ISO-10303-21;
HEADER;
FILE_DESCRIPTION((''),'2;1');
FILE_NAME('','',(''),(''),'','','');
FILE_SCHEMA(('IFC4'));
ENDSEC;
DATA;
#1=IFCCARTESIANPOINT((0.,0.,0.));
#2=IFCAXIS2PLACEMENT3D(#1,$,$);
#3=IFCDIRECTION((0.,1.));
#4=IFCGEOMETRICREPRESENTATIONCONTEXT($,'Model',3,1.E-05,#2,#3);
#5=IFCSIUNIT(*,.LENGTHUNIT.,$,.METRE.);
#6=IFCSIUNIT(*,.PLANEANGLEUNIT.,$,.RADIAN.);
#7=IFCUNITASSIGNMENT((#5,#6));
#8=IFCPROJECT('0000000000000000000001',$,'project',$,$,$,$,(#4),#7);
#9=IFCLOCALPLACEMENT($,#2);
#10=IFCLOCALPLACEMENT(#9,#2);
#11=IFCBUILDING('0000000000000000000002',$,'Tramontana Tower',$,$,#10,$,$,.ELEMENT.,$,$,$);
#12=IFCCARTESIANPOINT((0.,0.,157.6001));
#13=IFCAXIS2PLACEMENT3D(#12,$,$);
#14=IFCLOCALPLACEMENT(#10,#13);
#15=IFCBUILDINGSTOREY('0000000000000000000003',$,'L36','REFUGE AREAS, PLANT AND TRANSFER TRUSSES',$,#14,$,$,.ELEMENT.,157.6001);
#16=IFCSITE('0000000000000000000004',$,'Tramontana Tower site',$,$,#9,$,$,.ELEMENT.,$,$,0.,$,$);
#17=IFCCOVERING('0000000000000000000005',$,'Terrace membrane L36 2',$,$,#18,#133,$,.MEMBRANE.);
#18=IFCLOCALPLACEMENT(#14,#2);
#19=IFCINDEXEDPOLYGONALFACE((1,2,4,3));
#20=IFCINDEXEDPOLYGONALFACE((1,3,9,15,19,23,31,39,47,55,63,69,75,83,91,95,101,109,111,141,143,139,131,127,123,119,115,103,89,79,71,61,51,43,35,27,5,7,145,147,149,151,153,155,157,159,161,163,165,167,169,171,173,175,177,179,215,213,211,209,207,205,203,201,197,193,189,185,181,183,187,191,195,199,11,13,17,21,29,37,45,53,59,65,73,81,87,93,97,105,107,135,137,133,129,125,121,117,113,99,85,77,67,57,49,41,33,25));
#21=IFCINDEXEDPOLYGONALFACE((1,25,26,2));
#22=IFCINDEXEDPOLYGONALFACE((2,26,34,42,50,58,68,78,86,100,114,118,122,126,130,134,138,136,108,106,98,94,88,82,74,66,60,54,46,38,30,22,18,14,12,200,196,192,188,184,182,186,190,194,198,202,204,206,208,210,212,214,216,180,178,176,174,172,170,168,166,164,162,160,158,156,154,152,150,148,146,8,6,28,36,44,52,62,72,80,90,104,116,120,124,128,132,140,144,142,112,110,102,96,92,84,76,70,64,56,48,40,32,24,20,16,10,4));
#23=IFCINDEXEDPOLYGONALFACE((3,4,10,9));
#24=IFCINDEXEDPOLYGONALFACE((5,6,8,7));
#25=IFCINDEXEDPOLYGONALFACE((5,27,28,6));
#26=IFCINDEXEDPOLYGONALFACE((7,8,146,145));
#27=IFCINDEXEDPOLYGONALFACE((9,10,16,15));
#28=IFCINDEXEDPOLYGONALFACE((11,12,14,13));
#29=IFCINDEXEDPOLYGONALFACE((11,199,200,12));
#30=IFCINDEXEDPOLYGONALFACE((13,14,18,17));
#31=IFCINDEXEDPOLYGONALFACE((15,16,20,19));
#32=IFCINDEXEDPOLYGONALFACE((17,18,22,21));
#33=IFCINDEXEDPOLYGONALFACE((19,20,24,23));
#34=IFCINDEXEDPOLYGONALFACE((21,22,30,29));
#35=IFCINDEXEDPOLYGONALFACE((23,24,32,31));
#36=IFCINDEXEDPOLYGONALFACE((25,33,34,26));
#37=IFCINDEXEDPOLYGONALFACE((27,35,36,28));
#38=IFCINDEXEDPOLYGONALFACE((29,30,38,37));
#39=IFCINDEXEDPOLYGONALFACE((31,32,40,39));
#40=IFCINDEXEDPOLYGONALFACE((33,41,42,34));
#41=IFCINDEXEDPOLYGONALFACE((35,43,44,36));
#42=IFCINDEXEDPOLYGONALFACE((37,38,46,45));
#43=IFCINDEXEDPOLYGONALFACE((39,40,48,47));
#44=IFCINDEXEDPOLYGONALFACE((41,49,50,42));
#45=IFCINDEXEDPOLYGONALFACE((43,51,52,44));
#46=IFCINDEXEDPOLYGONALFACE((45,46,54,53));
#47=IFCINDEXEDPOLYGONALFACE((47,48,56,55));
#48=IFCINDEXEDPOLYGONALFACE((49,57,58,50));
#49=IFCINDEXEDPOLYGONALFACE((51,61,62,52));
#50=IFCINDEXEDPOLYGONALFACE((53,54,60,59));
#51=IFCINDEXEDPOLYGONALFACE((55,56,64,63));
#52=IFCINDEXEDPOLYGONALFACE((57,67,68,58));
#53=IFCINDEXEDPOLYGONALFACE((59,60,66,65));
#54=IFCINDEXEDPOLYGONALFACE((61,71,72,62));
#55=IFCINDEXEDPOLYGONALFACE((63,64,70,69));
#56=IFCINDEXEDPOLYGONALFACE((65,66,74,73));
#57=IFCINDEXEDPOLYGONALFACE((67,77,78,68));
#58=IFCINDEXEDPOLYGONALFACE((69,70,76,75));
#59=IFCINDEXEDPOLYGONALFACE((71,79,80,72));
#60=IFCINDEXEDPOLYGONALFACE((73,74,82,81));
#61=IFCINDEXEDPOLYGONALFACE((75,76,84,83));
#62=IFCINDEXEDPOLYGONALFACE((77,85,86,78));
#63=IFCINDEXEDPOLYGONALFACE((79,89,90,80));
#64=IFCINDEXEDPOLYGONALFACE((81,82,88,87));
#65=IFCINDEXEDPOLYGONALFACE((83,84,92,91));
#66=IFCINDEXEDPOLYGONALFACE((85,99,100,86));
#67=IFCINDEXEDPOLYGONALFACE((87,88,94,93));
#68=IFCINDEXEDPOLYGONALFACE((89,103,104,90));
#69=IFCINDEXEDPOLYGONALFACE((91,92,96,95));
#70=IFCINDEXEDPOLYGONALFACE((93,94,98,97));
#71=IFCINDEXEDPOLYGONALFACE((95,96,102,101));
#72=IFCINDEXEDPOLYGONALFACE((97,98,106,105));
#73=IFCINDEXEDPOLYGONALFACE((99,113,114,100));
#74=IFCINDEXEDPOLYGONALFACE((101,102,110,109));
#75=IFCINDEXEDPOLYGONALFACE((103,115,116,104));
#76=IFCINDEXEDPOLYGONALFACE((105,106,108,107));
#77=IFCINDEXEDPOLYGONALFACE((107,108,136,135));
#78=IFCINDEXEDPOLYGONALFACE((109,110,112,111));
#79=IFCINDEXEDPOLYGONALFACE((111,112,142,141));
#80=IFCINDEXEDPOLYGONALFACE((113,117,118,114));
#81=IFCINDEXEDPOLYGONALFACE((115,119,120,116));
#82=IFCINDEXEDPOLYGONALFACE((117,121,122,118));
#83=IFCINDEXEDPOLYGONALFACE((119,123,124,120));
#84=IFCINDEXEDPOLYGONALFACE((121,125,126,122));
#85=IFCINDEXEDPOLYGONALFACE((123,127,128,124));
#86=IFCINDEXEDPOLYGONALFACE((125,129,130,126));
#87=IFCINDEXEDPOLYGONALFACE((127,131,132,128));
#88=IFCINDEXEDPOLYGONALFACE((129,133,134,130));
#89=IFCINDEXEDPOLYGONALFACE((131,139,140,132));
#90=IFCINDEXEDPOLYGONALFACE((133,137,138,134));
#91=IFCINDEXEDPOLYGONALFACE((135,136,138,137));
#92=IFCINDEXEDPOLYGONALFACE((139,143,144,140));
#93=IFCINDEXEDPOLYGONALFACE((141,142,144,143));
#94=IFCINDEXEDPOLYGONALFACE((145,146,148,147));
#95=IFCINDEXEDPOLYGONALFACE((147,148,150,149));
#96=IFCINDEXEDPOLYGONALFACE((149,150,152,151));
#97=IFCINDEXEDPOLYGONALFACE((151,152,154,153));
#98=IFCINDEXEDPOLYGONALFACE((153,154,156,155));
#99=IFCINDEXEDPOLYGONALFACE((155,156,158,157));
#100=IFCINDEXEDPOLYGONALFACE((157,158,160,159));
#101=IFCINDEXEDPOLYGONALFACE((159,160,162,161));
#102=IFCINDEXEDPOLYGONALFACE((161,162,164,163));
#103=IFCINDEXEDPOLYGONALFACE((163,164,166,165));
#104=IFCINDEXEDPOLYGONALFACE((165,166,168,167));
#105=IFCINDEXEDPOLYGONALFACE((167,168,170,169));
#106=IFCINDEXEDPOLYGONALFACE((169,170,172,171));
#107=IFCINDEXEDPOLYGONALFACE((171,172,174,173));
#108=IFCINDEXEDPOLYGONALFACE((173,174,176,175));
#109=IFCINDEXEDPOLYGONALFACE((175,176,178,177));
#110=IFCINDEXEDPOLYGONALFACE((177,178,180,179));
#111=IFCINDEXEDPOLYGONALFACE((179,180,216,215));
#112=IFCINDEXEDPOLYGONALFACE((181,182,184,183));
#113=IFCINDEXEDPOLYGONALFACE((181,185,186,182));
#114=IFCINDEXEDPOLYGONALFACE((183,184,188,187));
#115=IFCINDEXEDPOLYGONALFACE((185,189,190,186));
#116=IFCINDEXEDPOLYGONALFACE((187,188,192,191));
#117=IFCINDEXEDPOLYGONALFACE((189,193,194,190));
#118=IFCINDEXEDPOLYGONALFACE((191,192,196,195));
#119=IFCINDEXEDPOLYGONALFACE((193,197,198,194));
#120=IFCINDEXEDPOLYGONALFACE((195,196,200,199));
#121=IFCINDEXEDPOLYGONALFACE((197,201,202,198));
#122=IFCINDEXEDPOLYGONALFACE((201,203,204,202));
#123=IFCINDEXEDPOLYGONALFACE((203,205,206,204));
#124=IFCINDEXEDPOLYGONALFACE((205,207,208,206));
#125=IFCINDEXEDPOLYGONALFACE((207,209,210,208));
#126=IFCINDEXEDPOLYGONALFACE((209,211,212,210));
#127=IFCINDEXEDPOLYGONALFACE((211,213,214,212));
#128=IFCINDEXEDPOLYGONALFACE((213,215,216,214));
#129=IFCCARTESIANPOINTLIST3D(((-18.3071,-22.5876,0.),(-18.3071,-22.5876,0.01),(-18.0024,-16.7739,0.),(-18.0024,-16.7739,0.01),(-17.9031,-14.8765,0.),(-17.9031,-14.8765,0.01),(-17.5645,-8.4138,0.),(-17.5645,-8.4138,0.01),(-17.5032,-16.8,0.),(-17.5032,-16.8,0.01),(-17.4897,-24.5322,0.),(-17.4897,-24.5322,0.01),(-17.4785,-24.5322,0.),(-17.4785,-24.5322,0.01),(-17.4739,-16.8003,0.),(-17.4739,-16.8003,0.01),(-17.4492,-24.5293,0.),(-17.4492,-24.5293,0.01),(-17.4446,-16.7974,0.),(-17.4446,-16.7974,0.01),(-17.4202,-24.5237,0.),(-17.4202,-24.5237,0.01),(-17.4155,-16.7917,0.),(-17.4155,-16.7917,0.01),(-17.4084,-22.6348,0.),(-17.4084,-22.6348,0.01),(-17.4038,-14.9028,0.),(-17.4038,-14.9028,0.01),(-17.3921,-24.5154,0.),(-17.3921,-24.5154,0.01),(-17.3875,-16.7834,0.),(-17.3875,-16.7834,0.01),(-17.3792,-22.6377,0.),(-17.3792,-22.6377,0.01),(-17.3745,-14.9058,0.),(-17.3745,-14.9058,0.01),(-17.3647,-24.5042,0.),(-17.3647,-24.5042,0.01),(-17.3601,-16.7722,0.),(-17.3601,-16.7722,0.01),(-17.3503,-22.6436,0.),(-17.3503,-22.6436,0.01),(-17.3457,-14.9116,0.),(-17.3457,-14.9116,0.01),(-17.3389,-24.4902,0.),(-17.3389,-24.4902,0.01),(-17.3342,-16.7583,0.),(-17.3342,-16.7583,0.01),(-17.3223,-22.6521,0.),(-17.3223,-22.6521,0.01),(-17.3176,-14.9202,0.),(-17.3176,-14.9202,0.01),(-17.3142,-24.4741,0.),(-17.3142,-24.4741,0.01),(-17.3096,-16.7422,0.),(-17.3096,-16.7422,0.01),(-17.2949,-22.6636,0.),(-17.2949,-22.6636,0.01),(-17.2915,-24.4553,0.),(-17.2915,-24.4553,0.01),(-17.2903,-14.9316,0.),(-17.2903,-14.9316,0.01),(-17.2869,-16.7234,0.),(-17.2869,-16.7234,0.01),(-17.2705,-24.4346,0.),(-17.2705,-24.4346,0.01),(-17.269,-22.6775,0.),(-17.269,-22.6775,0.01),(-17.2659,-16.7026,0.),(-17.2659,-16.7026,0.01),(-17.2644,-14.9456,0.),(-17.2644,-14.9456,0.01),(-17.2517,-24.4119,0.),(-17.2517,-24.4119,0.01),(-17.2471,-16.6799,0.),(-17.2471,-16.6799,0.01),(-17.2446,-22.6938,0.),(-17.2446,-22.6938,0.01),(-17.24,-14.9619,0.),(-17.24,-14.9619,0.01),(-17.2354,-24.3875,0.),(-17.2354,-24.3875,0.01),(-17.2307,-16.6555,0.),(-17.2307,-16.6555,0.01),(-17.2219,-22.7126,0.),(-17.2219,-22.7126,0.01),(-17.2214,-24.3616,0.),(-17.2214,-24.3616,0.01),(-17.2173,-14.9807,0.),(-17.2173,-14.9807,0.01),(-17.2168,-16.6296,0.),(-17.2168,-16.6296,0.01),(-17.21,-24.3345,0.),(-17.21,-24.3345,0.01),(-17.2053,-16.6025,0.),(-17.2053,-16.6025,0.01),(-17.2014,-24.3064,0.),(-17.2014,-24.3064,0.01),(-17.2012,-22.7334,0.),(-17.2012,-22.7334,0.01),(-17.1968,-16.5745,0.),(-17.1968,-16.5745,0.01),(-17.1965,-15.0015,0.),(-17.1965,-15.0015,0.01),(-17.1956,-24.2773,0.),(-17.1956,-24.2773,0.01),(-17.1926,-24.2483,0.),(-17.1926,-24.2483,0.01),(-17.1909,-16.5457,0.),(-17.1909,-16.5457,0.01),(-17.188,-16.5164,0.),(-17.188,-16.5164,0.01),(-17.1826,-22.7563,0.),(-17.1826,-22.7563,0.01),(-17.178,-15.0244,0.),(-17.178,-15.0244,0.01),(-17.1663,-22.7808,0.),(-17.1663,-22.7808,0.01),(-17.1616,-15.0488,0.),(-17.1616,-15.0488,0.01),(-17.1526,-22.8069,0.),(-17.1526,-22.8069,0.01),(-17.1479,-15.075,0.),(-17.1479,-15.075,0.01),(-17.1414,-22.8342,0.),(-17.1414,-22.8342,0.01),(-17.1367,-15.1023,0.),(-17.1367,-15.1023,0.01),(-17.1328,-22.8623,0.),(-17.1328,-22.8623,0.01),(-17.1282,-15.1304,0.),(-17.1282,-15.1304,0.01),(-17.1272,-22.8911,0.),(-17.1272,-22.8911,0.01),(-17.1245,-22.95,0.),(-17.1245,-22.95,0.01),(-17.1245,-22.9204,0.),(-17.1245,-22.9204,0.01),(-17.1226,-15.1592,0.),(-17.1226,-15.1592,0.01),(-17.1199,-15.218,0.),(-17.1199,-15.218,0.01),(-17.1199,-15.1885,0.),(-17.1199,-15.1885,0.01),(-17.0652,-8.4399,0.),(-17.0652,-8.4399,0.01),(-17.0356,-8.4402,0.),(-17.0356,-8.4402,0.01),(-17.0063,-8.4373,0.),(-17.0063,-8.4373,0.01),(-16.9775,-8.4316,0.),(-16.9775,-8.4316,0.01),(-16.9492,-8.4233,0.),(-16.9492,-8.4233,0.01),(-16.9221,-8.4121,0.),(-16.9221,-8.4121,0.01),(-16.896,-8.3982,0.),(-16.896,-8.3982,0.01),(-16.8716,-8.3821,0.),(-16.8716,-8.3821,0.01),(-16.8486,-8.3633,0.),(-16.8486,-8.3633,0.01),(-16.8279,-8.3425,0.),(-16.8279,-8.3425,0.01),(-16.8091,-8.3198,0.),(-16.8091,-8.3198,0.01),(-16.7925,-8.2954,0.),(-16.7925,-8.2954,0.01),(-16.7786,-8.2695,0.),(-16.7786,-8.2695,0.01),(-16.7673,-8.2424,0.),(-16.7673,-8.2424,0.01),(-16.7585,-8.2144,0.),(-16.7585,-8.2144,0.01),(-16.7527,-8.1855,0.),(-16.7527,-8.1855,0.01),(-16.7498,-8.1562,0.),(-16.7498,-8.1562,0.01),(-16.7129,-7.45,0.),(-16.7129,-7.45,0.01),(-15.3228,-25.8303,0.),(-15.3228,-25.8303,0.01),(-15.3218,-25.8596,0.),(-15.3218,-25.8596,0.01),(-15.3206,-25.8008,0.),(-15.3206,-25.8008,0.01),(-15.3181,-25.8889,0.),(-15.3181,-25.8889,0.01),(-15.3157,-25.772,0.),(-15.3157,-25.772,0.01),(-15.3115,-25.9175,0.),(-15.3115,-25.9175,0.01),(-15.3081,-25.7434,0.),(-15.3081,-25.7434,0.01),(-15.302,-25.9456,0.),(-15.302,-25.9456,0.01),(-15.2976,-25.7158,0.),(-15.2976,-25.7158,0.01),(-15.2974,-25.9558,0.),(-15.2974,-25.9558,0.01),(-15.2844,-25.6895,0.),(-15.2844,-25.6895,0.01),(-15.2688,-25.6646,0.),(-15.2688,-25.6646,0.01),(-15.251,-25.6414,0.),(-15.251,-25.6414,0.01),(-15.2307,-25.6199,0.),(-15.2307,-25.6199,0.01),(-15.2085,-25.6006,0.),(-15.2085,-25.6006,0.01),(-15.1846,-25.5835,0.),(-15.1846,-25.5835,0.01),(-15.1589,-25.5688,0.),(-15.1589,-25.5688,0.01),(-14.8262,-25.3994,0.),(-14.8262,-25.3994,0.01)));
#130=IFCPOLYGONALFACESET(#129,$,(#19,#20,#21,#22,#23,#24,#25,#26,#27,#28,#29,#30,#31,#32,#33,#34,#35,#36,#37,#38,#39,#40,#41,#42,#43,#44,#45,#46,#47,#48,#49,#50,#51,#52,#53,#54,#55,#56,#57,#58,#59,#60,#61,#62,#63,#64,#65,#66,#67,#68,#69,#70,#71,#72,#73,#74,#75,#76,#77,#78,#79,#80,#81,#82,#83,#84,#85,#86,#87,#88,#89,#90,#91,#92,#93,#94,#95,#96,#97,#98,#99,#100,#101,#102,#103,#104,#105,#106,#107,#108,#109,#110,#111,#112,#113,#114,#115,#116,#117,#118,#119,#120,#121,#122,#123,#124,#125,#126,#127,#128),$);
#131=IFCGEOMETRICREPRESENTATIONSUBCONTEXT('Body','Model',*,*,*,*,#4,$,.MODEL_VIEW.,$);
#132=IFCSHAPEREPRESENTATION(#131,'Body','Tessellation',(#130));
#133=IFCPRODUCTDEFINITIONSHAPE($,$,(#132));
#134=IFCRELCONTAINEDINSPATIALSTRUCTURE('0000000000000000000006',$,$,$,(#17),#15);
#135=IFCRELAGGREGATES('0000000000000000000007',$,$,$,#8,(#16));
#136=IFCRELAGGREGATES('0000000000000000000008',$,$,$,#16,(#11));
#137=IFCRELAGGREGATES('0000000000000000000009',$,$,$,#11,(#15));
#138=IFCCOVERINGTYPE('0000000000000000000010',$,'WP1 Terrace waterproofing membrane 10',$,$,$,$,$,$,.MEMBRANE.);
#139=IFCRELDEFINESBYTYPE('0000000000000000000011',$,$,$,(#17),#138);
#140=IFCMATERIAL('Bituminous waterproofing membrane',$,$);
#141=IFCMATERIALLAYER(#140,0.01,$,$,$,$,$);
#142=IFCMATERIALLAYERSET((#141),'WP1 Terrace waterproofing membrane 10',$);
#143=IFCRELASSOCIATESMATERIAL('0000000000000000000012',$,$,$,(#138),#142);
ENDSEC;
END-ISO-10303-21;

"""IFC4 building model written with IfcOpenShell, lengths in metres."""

from ifc_helpers import new_model, si_unit, direction, frame, origin, place, context, subcontext, project, spatial, polyline, outline, extrude, material, layer, layer_set, type_object, element, save


model = new_model("IFC4")

# Units and contexts
model_context = context("Model", 3, precision=1e-05, world=origin(), true_north=direction((0.0, 1.0)))
body_context = subcontext(model_context, "Body", "Model", "MODEL_VIEW")
ifc_project = project(units=[si_unit("LENGTHUNIT", "METRE"), si_unit("PLANEANGLEUNIT", "RADIAN")], contexts=[model_context])

# Site, building, storey
site_placement = place(None, origin())
site = spatial("IfcSite", under=ifc_project, at=site_placement, Name="Tramontana Tower site", CompositionType="ELEMENT", RefElevation=0.0)
building_placement = place(site_placement, origin())
building = spatial("IfcBuilding", under=site, at=building_placement, Name="Tramontana Tower", CompositionType="ELEMENT")
storey_placement = place(building_placement, frame((0.0, 0.0, 157.6001)))
storey = spatial("IfcBuildingStorey", under=building, at=storey_placement, Name="L36", Description="REFUGE AREAS, PLANT AND TRANSFER TRUSSES", CompositionType="ELEMENT", Elevation=157.6001)

# Covering
ifc_material_1 = material(Name="Bituminous waterproofing membrane")
ifc_layer_1 = layer(ifc_material_1, 0.01)
ifc_layer_set_1 = layer_set([ifc_layer_1], Name="WP1 Terrace waterproofing membrane 10")
covering_type_1 = type_object("IfcCoveringType", Name="WP1 Terrace waterproofing membrane 10", PredefinedType="MEMBRANE", material=ifc_layer_set_1)
covering_1_placement = place(storey_placement, origin())
element("IfcCovering", 1, at=covering_1_placement, inside=storey, type_object=covering_type_1, Name="Terrace membrane L36 2", PredefinedType="MEMBRANE", context=body_context, shape_type="SweptSolid", body=[
    extrude(outline(polyline([(-17.4897, -24.5322), (-17.4785, -24.5322), (-17.4492, -24.5293), (-17.4202, -24.5237), (-17.3921, -24.5154), (-17.3647, -24.5042), (-17.3389, -24.4902), (-17.3142, -24.4741), (-17.2915, -24.4553), (-17.2705, -24.4346), (-17.2517, -24.4119), (-17.2354, -24.3875), (-17.2214, -24.3616), (-17.21, -24.3345), (-17.2014, -24.3064), (-17.1956, -24.2773), (-17.1926, -24.2483), (-17.1245, -22.95), (-17.1245, -22.9204), (-17.1272, -22.8911), (-17.1328, -22.8623), (-17.1414, -22.8342), (-17.1526, -22.8069), (-17.1663, -22.7808), (-17.1826, -22.7563), (-17.2012, -22.7334), (-17.2219, -22.7126), (-17.2446, -22.6938), (-17.269, -22.6775), (-17.2949, -22.6636), (-17.3223, -22.6521), (-17.3503, -22.6436), (-17.3792, -22.6377), (-17.4084, -22.6348), (-18.3071, -22.5876), (-18.0024, -16.7739), (-17.5032, -16.8), (-17.4739, -16.8003), (-17.4446, -16.7974), (-17.4155, -16.7917), (-17.3875, -16.7834), (-17.3601, -16.7722), (-17.3342, -16.7583), (-17.3096, -16.7422), (-17.2869, -16.7234), (-17.2659, -16.7026), (-17.2471, -16.6799), (-17.2307, -16.6555), (-17.2168, -16.6296), (-17.2053, -16.6025), (-17.1968, -16.5745), (-17.1909, -16.5457), (-17.188, -16.5164), (-17.1199, -15.218), (-17.1199, -15.1885), (-17.1226, -15.1592), (-17.1282, -15.1304), (-17.1367, -15.1023), (-17.1479, -15.075), (-17.1616, -15.0488), (-17.178, -15.0244), (-17.1965, -15.0015), (-17.2173, -14.9807), (-17.24, -14.9619), (-17.2644, -14.9456), (-17.2903, -14.9316), (-17.3176, -14.9202), (-17.3457, -14.9116), (-17.3745, -14.9058), (-17.4038, -14.9028), (-17.9031, -14.8765), (-17.5645, -8.4138), (-17.0652, -8.4399), (-17.0356, -8.4402), (-17.0063, -8.4373), (-16.9775, -8.4316), (-16.9492, -8.4233), (-16.9221, -8.4121), (-16.896, -8.3982), (-16.8716, -8.3821), (-16.8486, -8.3633), (-16.8279, -8.3425), (-16.8091, -8.3198), (-16.7925, -8.2954), (-16.7786, -8.2695), (-16.7673, -8.2424), (-16.7585, -8.2144), (-16.7527, -8.1855), (-16.7498, -8.1562), (-16.7129, -7.45), (-14.8262, -25.3994), (-15.1589, -25.5688), (-15.1846, -25.5835), (-15.2085, -25.6006), (-15.2307, -25.6199), (-15.251, -25.6414), (-15.2688, -25.6646), (-15.2844, -25.6895), (-15.2976, -25.7158), (-15.3081, -25.7434), (-15.3157, -25.772), (-15.3206, -25.8008), (-15.3228, -25.8303), (-15.3218, -25.8596), (-15.3181, -25.8889), (-15.3115, -25.9175), (-15.302, -25.9456), (-15.2974, -25.9558), (-17.4897, -24.5322)])), origin(), (0.0, 0.0, 1.0), 0.01),
])

save(model, "model.ifc")
